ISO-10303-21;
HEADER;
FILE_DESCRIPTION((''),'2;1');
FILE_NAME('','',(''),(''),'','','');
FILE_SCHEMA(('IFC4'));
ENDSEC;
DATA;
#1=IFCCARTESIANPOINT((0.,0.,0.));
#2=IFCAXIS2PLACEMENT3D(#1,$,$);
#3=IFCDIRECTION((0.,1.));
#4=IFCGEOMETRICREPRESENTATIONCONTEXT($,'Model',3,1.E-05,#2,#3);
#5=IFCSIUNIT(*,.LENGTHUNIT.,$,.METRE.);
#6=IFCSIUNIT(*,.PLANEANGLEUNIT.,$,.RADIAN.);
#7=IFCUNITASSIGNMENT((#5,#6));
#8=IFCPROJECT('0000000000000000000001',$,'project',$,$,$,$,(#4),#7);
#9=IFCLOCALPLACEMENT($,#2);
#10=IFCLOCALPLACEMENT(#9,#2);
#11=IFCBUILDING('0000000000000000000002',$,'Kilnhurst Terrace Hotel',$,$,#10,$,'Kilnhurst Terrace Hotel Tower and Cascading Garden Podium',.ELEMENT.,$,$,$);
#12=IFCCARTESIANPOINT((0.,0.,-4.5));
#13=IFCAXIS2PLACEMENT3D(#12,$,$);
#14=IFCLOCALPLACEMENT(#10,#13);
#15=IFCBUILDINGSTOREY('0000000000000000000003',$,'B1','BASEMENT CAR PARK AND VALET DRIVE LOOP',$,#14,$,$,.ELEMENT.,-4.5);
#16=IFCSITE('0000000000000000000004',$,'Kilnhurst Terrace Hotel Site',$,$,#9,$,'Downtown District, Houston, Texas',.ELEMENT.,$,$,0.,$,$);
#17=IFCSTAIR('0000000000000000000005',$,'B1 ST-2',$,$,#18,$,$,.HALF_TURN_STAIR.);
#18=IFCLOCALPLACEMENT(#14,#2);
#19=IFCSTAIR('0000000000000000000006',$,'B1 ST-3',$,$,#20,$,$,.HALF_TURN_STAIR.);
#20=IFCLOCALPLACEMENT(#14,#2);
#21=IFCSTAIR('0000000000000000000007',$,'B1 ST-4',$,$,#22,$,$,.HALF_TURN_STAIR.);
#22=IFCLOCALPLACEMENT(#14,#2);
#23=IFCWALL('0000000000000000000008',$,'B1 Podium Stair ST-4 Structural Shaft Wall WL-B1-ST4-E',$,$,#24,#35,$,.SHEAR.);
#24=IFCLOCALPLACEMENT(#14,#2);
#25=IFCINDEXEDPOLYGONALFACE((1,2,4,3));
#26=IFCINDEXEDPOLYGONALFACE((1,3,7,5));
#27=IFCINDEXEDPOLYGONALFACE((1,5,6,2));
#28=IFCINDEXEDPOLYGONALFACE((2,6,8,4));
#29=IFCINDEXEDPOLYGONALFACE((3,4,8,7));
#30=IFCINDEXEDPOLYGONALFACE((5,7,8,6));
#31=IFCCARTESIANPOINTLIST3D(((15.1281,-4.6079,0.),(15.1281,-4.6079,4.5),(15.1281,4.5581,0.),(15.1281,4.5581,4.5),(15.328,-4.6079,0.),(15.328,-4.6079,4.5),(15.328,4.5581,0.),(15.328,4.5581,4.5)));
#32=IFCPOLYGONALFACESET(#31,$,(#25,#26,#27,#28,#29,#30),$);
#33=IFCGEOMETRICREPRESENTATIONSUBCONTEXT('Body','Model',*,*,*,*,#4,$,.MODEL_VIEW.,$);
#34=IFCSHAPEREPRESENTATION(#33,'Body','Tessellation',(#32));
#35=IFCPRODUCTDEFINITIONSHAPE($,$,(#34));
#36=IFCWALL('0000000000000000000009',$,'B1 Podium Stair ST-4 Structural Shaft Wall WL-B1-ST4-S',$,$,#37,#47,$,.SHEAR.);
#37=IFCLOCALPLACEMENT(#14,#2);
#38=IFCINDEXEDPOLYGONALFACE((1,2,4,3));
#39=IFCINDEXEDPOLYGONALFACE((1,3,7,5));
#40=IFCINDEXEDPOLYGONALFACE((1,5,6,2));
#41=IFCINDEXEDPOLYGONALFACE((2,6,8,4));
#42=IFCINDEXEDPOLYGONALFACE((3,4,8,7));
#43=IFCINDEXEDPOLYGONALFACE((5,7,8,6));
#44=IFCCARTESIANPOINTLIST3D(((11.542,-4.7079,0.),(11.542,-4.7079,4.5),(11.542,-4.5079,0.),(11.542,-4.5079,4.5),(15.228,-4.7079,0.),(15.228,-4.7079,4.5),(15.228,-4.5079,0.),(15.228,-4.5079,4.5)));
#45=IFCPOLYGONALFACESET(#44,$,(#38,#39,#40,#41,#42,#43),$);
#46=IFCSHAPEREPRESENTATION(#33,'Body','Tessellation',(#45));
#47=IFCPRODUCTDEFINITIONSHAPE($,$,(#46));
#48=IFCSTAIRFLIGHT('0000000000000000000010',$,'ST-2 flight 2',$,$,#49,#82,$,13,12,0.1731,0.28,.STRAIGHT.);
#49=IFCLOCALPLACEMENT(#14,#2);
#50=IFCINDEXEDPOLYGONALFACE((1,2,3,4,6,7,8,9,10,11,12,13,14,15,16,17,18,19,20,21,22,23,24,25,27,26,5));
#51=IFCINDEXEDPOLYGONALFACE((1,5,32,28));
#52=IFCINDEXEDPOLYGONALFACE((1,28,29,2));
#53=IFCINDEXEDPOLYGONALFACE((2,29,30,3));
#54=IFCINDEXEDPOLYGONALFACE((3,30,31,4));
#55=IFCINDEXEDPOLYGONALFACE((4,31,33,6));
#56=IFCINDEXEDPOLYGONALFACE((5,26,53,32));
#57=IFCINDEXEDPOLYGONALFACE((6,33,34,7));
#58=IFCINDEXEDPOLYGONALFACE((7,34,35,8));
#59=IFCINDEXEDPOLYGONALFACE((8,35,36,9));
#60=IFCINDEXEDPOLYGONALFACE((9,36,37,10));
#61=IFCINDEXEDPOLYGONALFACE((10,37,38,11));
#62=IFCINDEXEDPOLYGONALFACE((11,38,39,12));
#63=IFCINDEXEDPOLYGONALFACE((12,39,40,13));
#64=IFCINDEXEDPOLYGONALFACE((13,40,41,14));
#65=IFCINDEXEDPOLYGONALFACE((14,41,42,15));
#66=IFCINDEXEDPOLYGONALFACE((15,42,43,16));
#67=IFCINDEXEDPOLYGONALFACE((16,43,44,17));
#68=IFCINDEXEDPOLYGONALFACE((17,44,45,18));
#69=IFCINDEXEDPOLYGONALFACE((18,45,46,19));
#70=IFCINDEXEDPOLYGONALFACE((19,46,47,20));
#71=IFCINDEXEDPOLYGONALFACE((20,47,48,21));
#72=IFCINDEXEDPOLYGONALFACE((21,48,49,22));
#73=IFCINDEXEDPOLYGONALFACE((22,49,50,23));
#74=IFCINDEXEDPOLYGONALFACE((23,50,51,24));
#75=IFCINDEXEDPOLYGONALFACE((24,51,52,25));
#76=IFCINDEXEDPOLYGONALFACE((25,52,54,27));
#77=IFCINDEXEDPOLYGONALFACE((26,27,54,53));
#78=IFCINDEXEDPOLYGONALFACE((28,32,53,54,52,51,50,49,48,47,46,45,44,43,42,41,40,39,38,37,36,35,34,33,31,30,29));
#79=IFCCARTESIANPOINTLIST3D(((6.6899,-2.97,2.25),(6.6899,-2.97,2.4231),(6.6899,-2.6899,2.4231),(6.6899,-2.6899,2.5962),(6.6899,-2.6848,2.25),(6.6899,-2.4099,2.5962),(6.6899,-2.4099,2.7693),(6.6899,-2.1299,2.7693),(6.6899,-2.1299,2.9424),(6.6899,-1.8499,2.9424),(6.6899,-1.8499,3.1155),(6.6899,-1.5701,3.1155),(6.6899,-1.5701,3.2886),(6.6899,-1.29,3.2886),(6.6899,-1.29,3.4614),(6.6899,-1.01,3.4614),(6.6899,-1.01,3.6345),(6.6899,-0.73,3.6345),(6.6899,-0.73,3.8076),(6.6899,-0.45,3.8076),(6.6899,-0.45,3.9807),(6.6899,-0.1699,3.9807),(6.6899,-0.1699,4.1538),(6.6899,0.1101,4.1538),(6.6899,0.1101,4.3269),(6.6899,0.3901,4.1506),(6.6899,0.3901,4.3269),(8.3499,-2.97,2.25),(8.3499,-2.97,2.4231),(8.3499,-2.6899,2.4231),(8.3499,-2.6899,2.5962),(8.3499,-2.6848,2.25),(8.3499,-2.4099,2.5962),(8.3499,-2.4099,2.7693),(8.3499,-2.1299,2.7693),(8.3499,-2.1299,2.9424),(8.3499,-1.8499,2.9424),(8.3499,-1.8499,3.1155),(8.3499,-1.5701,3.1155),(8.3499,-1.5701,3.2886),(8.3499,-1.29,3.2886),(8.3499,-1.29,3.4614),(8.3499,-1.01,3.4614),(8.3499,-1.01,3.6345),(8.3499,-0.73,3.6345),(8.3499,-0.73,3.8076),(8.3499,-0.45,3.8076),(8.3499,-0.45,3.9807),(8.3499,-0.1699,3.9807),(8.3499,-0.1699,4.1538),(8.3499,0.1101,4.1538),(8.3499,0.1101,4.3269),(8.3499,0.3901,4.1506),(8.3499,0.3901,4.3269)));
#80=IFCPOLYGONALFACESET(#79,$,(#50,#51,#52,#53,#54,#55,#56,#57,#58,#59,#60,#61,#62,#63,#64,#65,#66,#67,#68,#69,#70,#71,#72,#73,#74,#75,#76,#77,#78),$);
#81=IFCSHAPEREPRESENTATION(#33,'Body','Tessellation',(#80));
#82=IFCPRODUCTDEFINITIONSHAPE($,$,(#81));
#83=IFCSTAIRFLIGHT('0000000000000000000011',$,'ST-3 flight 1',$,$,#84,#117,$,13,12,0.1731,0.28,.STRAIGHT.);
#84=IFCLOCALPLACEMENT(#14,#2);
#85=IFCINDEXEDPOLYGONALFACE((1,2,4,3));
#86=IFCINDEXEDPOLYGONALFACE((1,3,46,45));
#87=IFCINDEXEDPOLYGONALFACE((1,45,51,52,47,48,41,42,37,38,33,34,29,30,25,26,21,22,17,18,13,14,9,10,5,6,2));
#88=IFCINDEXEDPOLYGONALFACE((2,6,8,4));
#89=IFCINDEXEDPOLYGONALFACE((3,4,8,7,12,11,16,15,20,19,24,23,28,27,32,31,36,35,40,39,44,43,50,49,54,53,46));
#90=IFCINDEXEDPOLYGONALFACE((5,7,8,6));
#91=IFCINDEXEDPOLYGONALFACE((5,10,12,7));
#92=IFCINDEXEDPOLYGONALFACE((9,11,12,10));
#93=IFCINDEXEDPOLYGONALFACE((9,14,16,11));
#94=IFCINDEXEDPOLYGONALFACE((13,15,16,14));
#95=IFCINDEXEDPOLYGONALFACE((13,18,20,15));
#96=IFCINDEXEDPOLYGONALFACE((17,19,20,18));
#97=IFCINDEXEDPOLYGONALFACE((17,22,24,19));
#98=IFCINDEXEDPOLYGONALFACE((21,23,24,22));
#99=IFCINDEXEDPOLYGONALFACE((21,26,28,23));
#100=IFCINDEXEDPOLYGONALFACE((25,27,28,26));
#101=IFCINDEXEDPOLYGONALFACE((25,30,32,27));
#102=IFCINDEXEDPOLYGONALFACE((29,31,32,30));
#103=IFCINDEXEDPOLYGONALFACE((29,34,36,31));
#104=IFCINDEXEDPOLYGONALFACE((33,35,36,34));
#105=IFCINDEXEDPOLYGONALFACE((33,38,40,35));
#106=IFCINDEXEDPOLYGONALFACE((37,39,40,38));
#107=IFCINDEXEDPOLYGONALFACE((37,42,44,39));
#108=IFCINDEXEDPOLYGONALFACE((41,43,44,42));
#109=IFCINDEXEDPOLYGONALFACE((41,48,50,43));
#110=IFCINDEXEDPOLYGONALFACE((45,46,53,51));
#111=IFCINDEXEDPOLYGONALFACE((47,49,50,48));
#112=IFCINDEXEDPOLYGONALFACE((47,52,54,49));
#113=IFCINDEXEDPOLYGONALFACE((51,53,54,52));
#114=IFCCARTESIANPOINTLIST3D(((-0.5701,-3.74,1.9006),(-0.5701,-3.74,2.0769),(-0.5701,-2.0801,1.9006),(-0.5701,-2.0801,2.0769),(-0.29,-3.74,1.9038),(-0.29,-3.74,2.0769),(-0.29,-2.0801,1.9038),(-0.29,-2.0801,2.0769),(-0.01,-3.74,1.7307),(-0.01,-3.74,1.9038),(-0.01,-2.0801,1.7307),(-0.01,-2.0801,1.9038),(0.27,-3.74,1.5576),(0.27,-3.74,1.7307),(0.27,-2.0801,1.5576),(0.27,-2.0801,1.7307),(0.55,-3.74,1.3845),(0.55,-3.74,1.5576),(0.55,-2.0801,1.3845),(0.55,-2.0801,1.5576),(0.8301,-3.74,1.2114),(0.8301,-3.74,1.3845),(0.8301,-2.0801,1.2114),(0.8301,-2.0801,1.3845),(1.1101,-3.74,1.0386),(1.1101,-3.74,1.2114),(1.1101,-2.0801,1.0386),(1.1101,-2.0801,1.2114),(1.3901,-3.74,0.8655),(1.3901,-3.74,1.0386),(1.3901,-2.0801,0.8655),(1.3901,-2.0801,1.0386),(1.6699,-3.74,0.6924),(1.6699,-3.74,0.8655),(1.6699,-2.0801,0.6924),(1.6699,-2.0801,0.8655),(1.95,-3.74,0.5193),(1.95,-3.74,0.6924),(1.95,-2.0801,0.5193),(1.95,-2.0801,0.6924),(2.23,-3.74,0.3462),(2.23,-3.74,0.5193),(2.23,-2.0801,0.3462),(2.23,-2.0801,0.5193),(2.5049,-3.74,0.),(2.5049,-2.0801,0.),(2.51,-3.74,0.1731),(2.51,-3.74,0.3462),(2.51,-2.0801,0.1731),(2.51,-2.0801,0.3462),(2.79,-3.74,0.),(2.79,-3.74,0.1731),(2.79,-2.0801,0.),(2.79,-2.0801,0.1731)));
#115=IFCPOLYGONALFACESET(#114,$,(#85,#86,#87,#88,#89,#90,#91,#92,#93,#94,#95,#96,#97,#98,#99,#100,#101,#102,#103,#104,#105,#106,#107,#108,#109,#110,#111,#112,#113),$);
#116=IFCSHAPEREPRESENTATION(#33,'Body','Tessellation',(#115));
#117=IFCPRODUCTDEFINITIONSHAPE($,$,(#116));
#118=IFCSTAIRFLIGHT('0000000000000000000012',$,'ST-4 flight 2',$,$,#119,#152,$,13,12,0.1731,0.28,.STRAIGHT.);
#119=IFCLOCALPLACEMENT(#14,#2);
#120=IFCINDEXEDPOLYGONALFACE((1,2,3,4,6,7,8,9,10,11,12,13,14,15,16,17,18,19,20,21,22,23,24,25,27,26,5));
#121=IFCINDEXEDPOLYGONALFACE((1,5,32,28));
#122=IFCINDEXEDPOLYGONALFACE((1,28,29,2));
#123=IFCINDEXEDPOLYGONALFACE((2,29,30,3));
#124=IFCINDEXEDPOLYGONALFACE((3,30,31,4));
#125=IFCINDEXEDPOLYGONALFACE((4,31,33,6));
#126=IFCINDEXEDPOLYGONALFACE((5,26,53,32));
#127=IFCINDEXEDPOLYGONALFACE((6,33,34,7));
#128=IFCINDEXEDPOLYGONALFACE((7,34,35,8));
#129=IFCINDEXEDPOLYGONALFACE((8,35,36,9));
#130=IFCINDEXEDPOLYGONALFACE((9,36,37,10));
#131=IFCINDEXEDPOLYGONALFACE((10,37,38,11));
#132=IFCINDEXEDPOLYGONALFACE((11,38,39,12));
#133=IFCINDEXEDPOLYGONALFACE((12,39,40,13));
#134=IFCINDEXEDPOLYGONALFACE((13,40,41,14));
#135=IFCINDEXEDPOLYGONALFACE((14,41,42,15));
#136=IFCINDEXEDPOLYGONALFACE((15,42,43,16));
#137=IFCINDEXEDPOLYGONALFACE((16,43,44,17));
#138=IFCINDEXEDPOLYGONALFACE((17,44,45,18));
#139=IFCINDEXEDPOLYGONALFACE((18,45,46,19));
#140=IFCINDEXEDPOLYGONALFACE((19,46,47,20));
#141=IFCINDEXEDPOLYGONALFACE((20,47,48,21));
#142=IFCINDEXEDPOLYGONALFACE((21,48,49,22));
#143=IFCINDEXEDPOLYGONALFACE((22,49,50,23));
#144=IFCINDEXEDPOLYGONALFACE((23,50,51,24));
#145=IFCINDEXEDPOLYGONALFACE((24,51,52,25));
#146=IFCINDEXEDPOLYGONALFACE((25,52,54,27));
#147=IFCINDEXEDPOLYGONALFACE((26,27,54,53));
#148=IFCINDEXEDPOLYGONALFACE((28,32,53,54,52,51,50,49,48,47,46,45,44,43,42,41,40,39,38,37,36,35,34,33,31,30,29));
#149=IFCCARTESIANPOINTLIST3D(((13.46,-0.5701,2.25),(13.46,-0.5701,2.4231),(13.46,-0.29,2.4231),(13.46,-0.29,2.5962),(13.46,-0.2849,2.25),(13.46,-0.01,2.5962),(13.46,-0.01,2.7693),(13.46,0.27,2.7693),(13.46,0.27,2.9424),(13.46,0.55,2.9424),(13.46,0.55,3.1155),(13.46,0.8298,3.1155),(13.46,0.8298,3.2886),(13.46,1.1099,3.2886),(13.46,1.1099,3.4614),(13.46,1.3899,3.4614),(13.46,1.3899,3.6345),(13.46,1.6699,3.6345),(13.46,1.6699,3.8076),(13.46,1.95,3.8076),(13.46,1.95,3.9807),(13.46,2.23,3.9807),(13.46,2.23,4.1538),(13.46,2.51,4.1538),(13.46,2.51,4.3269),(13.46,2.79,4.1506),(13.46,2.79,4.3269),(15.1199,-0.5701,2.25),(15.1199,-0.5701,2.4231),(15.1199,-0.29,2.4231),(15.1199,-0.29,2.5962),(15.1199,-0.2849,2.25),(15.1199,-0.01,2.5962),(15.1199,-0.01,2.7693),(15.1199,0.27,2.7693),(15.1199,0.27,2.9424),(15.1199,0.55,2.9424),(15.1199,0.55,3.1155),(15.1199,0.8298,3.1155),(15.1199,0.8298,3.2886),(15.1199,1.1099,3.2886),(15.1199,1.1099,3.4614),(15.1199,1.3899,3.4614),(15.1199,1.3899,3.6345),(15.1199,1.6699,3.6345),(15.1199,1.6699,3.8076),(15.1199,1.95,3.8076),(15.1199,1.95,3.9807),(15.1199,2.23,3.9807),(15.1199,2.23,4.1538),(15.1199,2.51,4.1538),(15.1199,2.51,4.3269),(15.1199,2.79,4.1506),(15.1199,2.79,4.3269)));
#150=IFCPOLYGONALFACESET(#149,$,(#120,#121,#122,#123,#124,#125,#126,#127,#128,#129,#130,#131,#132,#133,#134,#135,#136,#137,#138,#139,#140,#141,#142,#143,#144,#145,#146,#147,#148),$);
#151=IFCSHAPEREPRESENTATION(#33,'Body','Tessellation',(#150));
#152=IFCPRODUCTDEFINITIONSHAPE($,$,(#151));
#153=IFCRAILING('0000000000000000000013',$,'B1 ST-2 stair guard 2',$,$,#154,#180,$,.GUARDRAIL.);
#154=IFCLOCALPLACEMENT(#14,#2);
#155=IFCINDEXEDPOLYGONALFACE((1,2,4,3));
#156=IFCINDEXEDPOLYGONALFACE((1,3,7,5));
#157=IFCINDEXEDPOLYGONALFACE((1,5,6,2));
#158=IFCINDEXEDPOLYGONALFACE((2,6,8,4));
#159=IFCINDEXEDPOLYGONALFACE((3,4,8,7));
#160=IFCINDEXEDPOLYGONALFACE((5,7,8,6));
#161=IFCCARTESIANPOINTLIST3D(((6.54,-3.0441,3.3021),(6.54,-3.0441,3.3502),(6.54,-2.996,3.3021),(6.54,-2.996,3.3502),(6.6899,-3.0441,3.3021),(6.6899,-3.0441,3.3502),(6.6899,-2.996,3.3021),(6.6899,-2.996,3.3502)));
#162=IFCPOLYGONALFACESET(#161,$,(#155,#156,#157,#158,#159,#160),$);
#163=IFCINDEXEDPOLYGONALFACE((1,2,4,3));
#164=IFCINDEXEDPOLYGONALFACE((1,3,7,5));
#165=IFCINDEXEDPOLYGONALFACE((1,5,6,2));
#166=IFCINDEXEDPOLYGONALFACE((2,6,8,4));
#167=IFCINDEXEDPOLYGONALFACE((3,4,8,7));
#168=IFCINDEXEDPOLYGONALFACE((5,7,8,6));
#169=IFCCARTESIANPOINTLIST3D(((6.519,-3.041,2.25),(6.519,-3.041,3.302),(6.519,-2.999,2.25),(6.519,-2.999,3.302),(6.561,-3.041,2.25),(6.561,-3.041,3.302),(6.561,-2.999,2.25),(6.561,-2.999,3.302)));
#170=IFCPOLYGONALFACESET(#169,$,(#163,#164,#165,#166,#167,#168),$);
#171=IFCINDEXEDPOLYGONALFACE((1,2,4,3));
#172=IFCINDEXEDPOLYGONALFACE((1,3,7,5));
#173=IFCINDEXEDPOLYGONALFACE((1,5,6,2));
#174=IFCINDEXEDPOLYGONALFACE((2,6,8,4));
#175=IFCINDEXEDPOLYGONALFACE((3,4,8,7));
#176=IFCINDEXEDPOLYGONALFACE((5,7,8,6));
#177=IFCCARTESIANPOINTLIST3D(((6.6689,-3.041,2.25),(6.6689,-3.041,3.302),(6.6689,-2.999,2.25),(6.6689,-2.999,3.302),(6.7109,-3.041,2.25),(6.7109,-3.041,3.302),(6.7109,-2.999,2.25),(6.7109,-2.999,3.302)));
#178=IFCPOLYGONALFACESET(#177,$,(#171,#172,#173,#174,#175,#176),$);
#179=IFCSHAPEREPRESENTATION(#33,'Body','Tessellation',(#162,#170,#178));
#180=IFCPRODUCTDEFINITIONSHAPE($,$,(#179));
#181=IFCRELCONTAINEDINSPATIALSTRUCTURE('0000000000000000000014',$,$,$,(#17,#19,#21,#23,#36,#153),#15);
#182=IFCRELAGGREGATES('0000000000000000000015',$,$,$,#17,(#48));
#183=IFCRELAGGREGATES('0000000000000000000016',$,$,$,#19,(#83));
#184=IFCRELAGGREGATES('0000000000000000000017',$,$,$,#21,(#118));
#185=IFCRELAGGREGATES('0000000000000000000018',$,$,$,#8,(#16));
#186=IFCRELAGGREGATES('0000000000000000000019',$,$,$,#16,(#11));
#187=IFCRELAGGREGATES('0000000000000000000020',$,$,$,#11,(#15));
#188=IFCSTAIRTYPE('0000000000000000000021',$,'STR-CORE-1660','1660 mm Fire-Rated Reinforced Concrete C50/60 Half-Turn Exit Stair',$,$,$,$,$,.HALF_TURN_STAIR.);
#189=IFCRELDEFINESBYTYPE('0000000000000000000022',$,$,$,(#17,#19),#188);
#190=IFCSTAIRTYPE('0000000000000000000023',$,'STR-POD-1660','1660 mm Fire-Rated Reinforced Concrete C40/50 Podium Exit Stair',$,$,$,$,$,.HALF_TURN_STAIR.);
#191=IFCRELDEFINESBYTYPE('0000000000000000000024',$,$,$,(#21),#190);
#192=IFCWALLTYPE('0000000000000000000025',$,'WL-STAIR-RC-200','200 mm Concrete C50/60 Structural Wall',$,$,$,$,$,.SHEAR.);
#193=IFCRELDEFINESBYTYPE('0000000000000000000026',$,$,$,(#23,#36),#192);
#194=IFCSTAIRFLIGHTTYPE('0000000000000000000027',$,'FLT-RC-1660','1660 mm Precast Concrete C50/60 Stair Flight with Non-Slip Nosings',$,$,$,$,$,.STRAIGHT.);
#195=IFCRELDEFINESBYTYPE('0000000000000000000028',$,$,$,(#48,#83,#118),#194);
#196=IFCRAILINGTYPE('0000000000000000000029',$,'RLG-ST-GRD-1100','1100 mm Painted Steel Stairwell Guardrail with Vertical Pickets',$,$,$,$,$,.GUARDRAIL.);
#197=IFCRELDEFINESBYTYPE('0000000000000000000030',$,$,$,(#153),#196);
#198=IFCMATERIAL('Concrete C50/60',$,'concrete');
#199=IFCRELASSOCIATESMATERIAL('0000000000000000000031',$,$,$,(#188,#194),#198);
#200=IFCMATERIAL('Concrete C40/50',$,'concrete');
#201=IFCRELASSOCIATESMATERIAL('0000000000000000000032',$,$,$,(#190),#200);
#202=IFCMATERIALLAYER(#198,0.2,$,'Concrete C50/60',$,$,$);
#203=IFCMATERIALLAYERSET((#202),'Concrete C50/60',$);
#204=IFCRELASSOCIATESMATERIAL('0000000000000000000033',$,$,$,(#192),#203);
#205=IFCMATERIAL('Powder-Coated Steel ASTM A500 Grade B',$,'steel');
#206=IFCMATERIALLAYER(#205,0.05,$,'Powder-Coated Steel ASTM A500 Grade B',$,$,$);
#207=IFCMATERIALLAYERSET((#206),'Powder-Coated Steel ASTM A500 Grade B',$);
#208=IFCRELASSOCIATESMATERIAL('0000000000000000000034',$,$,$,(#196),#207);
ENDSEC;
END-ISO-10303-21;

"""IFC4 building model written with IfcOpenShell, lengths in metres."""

from ifc_helpers import new_model, si_unit, direction, frame, frame_2d, origin, origin_2d, place, context, subcontext, project, spatial, polyline, rectangle, outline, extrude, material, layer, layer_set, type_object, element, aggregate, save


model = new_model("IFC4")

# Units and contexts
model_context = context("Model", 3, precision=1e-05, world=origin(), true_north=direction((0.0, 1.0)))
body_context = subcontext(model_context, "Body", "Model", "MODEL_VIEW")
ifc_project = project(units=[si_unit("LENGTHUNIT", "METRE"), si_unit("PLANEANGLEUNIT", "RADIAN")], contexts=[model_context])

# Site, building, storey
site_placement = place(None, origin())
site = spatial("IfcSite", under=ifc_project, at=site_placement, Name="Kilnhurst Terrace Hotel Site", LongName="Downtown District, Houston, Texas", CompositionType="ELEMENT", RefElevation=0.0)
building_placement = place(site_placement, origin())
building = spatial("IfcBuilding", under=site, at=building_placement, Name="Kilnhurst Terrace Hotel", LongName="Kilnhurst Terrace Hotel Tower and Cascading Garden Podium", CompositionType="ELEMENT")
storey_placement = place(building_placement, frame((0.0, 0.0, -4.5)))
storey = spatial("IfcBuildingStorey", under=building, at=storey_placement, Name="B1", Description="BASEMENT CAR PARK AND VALET DRIVE LOOP", CompositionType="ELEMENT", Elevation=-4.5)

# Shared definitions
ifc_material_1 = material(Name="Concrete C50/60", Category="concrete")

# Stairs
stair_type_1 = type_object("IfcStairType", Name="STR-CORE-1660", Description="1660 mm Fire-Rated Reinforced Concrete C50/60 Half-Turn Exit Stair", PredefinedType="HALF_TURN_STAIR", material=ifc_material_1)
stair_1_placement = place(storey_placement, origin())
stair_1 = element("IfcStair", 1, at=stair_1_placement, inside=storey, type_object=stair_type_1, Name="B1 ST-2", PredefinedType="HALF_TURN_STAIR")
stair_2_placement = place(storey_placement, origin())
stair_2 = element("IfcStair", 2, at=stair_2_placement, inside=storey, type_object=stair_type_1, Name="B1 ST-3", PredefinedType="HALF_TURN_STAIR")
ifc_material_2 = material(Name="Concrete C40/50", Category="concrete")
stair_type_2 = type_object("IfcStairType", Name="STR-POD-1660", Description="1660 mm Fire-Rated Reinforced Concrete C40/50 Podium Exit Stair", PredefinedType="HALF_TURN_STAIR", material=ifc_material_2)
stair_3_placement = place(storey_placement, origin())
stair_3 = element("IfcStair", 3, at=stair_3_placement, inside=storey, type_object=stair_type_2, Name="B1 ST-4", PredefinedType="HALF_TURN_STAIR")

# Walls
ifc_layer_1 = layer(ifc_material_1, 0.2, Name="Concrete C50/60")
ifc_layer_set_1 = layer_set([ifc_layer_1], Name="Concrete C50/60")
wall_type_1 = type_object("IfcWallType", Name="WL-STAIR-RC-200", Description="200 mm Concrete C50/60 Structural Wall", PredefinedType="SHEAR", material=ifc_layer_set_1)
for number, where, z_axis, x_axis, name in (
    (4, (15.228, -4.6079, 0.0), (0.0, 0.0, 1.0), (0.0, 1.0, 0.0), "B1 Podium Stair ST-4 Structural Shaft Wall WL-B1-ST4-E"),
):
    element("IfcWall", number, at=place(storey_placement, frame(where, z_axis=z_axis, x_axis=x_axis)), inside=storey, type_object=wall_type_1, Name=name, PredefinedType="SHEAR", context=body_context, shape_type="SweptSolid", body=[
        extrude(rectangle(XDim=9.166, YDim=0.2, at=frame_2d((4.583, 0.0))), origin(), (0.0, 0.0, 1.0), 4.5),
    ])
wall_1_placement = place(storey_placement, frame((11.542, -4.6079, 0.0), z_axis=(0.0, 0.0, 1.0), x_axis=(1.0, 0.0, 0.0)))
element("IfcWall", 5, at=wall_1_placement, inside=storey, type_object=wall_type_1, Name="B1 Podium Stair ST-4 Structural Shaft Wall WL-B1-ST4-S", PredefinedType="SHEAR", context=body_context, shape_type="SweptSolid", body=[
    extrude(rectangle(XDim=3.686, YDim=0.2, at=frame_2d((1.843, 0.0))), origin(), (0.0, 0.0, 1.0), 4.5),
])

# Stair flights
stair_flight_type = type_object("IfcStairFlightType", Name="FLT-RC-1660", Description="1660 mm Precast Concrete C50/60 Stair Flight with Non-Slip Nosings", PredefinedType="STRAIGHT", material=ifc_material_1)
stair_flight_1_placement = place(storey_placement, frame((7.52, -2.97, 2.25), z_axis=(0.0, 0.0, 1.0), x_axis=(0.0, 1.0, 0.0)))
stair_flight_1 = element("IfcStairFlight", 6, at=stair_flight_1_placement, type_object=stair_flight_type, Name="ST-2 flight 2", NumberOfRisers=13, NumberOfTreads=12, PredefinedType="STRAIGHT", RiserHeight=0.1731, TreadLength=0.28, context=body_context, shape_type="SweptSolid", body=[
    extrude(outline(polyline([(0.0, 0.0), (0.0, 0.1731), (0.28, 0.1731), (0.28, 0.3462), (0.5601, 0.3462), (0.5601, 0.5193), (0.8401, 0.5193), (0.8401, 0.6924), (1.1201, 0.6924), (1.1201, 0.8655), (1.3999, 0.8655), (1.3999, 1.0386), (1.6799, 1.0386), (1.6799, 1.2114), (1.96, 1.2114), (1.96, 1.3845), (2.24, 1.3845), (2.24, 1.5576), (2.52, 1.5576), (2.52, 1.7307), (2.8, 1.7307), (2.8, 1.9038), (3.0801, 1.9038), (3.0801, 2.0769), (3.3601, 2.0769), (3.3601, 2.25), (3.3601, 1.9006), (0.2852, 0.0), (0.0, 0.0)])), frame((0.0, 0.8301, 0.0), z_axis=(0.0, -1.0, 0.0), x_axis=(1.0, 0.0, 0.0)), (0.0, 0.0, 1.0), 1.6599),
])
aggregate(stair_1, [stair_flight_1])
stair_flight_2_placement = place(storey_placement, frame((2.79, -2.9099, 0.0), z_axis=(0.0, 0.0, 1.0), x_axis=(-1.0, 0.0, 0.0)))
stair_flight_2 = element("IfcStairFlight", 7, at=stair_flight_2_placement, type_object=stair_flight_type, Name="ST-3 flight 1", NumberOfRisers=13, NumberOfTreads=12, PredefinedType="STRAIGHT", RiserHeight=0.1731, TreadLength=0.28, context=body_context, shape_type="SweptSolid", body=[
    extrude(outline(polyline([(0.0, 0.0), (0.0, 0.1731), (0.28, 0.1731), (0.28, 0.3462), (0.5601, 0.3462), (0.5601, 0.5193), (0.8401, 0.5193), (0.8401, 0.6924), (1.1201, 0.6924), (1.1201, 0.8655), (1.3999, 0.8655), (1.3999, 1.0386), (1.6799, 1.0386), (1.6799, 1.2114), (1.96, 1.2114), (1.96, 1.3845), (2.24, 1.3845), (2.24, 1.5576), (2.52, 1.5576), (2.52, 1.7307), (2.8, 1.7307), (2.8, 1.9038), (3.0801, 1.9038), (3.0801, 2.0769), (3.3601, 2.0769), (3.3601, 2.25), (3.3601, 1.9006), (0.2852, 0.0), (0.0, 0.0)])), frame((0.0, 0.8301, 0.0), z_axis=(0.0, -1.0, 0.0), x_axis=(1.0, 0.0, 0.0)), (0.0, 0.0, 1.0), 1.6599),
])
aggregate(stair_2, [stair_flight_2])
stair_flight_3_placement = place(storey_placement, frame((14.29, -0.5701, 2.25), z_axis=(0.0, 0.0, 1.0), x_axis=(0.0, 1.0, 0.0)))
stair_flight_3 = element("IfcStairFlight", 8, at=stair_flight_3_placement, type_object=stair_flight_type, Name="ST-4 flight 2", NumberOfRisers=13, NumberOfTreads=12, PredefinedType="STRAIGHT", RiserHeight=0.1731, TreadLength=0.28, context=body_context, shape_type="SweptSolid", body=[
    extrude(outline(polyline([(0.0, 0.0), (0.0, 0.1731), (0.28, 0.1731), (0.28, 0.3462), (0.5601, 0.3462), (0.5601, 0.5193), (0.8401, 0.5193), (0.8401, 0.6924), (1.1201, 0.6924), (1.1201, 0.8655), (1.3999, 0.8655), (1.3999, 1.0386), (1.6799, 1.0386), (1.6799, 1.2114), (1.96, 1.2114), (1.96, 1.3845), (2.24, 1.3845), (2.24, 1.5576), (2.52, 1.5576), (2.52, 1.7307), (2.8, 1.7307), (2.8, 1.9038), (3.0801, 1.9038), (3.0801, 2.0769), (3.3601, 2.0769), (3.3601, 2.25), (3.3601, 1.9006), (0.2852, 0.0), (0.0, 0.0)])), frame((0.0, 0.8301, 0.0), z_axis=(0.0, -1.0, 0.0), x_axis=(1.0, 0.0, 0.0)), (0.0, 0.0, 1.0), 1.6599),
])
aggregate(stair_3, [stair_flight_3])

# Railing
ifc_material_3 = material(Name="Powder-Coated Steel ASTM A500 Grade B", Category="steel")
ifc_layer_2 = layer(ifc_material_3, 0.05, Name="Powder-Coated Steel ASTM A500 Grade B")
ifc_layer_set_2 = layer_set([ifc_layer_2], Name="Powder-Coated Steel ASTM A500 Grade B")
railing_type_1 = type_object("IfcRailingType", Name="RLG-ST-GRD-1100", Description="1100 mm Painted Steel Stairwell Guardrail with Vertical Pickets", PredefinedType="GUARDRAIL", material=ifc_layer_set_2)
railing_1_placement = place(storey_placement, frame((6.54, -3.02, 2.25)))
element("IfcRailing", 9, at=railing_1_placement, inside=storey, type_object=railing_type_1, Name="B1 ST-2 stair guard 2", PredefinedType="GUARDRAIL", context=body_context, shape_type="SweptSolid", body=[
    extrude(rectangle(XDim=0.0481, YDim=0.0481, at=origin_2d()), frame((0.0, 0.0, 1.0762), z_axis=(1.0, 0.0, 0.0), x_axis=(0.0, 1.0, 0.0)), (0.0, 0.0, 1.0), 0.1499),
    extrude(rectangle(XDim=0.042, YDim=0.042, at=origin_2d()), origin(), (0.0, 0.0, 1.0), 1.052),
    extrude(rectangle(XDim=0.042, YDim=0.042, at=origin_2d()), frame((0.1499, 0.0, 0.0)), (0.0, 0.0, 1.0), 1.052),
])

save(model, "model.ifc")
